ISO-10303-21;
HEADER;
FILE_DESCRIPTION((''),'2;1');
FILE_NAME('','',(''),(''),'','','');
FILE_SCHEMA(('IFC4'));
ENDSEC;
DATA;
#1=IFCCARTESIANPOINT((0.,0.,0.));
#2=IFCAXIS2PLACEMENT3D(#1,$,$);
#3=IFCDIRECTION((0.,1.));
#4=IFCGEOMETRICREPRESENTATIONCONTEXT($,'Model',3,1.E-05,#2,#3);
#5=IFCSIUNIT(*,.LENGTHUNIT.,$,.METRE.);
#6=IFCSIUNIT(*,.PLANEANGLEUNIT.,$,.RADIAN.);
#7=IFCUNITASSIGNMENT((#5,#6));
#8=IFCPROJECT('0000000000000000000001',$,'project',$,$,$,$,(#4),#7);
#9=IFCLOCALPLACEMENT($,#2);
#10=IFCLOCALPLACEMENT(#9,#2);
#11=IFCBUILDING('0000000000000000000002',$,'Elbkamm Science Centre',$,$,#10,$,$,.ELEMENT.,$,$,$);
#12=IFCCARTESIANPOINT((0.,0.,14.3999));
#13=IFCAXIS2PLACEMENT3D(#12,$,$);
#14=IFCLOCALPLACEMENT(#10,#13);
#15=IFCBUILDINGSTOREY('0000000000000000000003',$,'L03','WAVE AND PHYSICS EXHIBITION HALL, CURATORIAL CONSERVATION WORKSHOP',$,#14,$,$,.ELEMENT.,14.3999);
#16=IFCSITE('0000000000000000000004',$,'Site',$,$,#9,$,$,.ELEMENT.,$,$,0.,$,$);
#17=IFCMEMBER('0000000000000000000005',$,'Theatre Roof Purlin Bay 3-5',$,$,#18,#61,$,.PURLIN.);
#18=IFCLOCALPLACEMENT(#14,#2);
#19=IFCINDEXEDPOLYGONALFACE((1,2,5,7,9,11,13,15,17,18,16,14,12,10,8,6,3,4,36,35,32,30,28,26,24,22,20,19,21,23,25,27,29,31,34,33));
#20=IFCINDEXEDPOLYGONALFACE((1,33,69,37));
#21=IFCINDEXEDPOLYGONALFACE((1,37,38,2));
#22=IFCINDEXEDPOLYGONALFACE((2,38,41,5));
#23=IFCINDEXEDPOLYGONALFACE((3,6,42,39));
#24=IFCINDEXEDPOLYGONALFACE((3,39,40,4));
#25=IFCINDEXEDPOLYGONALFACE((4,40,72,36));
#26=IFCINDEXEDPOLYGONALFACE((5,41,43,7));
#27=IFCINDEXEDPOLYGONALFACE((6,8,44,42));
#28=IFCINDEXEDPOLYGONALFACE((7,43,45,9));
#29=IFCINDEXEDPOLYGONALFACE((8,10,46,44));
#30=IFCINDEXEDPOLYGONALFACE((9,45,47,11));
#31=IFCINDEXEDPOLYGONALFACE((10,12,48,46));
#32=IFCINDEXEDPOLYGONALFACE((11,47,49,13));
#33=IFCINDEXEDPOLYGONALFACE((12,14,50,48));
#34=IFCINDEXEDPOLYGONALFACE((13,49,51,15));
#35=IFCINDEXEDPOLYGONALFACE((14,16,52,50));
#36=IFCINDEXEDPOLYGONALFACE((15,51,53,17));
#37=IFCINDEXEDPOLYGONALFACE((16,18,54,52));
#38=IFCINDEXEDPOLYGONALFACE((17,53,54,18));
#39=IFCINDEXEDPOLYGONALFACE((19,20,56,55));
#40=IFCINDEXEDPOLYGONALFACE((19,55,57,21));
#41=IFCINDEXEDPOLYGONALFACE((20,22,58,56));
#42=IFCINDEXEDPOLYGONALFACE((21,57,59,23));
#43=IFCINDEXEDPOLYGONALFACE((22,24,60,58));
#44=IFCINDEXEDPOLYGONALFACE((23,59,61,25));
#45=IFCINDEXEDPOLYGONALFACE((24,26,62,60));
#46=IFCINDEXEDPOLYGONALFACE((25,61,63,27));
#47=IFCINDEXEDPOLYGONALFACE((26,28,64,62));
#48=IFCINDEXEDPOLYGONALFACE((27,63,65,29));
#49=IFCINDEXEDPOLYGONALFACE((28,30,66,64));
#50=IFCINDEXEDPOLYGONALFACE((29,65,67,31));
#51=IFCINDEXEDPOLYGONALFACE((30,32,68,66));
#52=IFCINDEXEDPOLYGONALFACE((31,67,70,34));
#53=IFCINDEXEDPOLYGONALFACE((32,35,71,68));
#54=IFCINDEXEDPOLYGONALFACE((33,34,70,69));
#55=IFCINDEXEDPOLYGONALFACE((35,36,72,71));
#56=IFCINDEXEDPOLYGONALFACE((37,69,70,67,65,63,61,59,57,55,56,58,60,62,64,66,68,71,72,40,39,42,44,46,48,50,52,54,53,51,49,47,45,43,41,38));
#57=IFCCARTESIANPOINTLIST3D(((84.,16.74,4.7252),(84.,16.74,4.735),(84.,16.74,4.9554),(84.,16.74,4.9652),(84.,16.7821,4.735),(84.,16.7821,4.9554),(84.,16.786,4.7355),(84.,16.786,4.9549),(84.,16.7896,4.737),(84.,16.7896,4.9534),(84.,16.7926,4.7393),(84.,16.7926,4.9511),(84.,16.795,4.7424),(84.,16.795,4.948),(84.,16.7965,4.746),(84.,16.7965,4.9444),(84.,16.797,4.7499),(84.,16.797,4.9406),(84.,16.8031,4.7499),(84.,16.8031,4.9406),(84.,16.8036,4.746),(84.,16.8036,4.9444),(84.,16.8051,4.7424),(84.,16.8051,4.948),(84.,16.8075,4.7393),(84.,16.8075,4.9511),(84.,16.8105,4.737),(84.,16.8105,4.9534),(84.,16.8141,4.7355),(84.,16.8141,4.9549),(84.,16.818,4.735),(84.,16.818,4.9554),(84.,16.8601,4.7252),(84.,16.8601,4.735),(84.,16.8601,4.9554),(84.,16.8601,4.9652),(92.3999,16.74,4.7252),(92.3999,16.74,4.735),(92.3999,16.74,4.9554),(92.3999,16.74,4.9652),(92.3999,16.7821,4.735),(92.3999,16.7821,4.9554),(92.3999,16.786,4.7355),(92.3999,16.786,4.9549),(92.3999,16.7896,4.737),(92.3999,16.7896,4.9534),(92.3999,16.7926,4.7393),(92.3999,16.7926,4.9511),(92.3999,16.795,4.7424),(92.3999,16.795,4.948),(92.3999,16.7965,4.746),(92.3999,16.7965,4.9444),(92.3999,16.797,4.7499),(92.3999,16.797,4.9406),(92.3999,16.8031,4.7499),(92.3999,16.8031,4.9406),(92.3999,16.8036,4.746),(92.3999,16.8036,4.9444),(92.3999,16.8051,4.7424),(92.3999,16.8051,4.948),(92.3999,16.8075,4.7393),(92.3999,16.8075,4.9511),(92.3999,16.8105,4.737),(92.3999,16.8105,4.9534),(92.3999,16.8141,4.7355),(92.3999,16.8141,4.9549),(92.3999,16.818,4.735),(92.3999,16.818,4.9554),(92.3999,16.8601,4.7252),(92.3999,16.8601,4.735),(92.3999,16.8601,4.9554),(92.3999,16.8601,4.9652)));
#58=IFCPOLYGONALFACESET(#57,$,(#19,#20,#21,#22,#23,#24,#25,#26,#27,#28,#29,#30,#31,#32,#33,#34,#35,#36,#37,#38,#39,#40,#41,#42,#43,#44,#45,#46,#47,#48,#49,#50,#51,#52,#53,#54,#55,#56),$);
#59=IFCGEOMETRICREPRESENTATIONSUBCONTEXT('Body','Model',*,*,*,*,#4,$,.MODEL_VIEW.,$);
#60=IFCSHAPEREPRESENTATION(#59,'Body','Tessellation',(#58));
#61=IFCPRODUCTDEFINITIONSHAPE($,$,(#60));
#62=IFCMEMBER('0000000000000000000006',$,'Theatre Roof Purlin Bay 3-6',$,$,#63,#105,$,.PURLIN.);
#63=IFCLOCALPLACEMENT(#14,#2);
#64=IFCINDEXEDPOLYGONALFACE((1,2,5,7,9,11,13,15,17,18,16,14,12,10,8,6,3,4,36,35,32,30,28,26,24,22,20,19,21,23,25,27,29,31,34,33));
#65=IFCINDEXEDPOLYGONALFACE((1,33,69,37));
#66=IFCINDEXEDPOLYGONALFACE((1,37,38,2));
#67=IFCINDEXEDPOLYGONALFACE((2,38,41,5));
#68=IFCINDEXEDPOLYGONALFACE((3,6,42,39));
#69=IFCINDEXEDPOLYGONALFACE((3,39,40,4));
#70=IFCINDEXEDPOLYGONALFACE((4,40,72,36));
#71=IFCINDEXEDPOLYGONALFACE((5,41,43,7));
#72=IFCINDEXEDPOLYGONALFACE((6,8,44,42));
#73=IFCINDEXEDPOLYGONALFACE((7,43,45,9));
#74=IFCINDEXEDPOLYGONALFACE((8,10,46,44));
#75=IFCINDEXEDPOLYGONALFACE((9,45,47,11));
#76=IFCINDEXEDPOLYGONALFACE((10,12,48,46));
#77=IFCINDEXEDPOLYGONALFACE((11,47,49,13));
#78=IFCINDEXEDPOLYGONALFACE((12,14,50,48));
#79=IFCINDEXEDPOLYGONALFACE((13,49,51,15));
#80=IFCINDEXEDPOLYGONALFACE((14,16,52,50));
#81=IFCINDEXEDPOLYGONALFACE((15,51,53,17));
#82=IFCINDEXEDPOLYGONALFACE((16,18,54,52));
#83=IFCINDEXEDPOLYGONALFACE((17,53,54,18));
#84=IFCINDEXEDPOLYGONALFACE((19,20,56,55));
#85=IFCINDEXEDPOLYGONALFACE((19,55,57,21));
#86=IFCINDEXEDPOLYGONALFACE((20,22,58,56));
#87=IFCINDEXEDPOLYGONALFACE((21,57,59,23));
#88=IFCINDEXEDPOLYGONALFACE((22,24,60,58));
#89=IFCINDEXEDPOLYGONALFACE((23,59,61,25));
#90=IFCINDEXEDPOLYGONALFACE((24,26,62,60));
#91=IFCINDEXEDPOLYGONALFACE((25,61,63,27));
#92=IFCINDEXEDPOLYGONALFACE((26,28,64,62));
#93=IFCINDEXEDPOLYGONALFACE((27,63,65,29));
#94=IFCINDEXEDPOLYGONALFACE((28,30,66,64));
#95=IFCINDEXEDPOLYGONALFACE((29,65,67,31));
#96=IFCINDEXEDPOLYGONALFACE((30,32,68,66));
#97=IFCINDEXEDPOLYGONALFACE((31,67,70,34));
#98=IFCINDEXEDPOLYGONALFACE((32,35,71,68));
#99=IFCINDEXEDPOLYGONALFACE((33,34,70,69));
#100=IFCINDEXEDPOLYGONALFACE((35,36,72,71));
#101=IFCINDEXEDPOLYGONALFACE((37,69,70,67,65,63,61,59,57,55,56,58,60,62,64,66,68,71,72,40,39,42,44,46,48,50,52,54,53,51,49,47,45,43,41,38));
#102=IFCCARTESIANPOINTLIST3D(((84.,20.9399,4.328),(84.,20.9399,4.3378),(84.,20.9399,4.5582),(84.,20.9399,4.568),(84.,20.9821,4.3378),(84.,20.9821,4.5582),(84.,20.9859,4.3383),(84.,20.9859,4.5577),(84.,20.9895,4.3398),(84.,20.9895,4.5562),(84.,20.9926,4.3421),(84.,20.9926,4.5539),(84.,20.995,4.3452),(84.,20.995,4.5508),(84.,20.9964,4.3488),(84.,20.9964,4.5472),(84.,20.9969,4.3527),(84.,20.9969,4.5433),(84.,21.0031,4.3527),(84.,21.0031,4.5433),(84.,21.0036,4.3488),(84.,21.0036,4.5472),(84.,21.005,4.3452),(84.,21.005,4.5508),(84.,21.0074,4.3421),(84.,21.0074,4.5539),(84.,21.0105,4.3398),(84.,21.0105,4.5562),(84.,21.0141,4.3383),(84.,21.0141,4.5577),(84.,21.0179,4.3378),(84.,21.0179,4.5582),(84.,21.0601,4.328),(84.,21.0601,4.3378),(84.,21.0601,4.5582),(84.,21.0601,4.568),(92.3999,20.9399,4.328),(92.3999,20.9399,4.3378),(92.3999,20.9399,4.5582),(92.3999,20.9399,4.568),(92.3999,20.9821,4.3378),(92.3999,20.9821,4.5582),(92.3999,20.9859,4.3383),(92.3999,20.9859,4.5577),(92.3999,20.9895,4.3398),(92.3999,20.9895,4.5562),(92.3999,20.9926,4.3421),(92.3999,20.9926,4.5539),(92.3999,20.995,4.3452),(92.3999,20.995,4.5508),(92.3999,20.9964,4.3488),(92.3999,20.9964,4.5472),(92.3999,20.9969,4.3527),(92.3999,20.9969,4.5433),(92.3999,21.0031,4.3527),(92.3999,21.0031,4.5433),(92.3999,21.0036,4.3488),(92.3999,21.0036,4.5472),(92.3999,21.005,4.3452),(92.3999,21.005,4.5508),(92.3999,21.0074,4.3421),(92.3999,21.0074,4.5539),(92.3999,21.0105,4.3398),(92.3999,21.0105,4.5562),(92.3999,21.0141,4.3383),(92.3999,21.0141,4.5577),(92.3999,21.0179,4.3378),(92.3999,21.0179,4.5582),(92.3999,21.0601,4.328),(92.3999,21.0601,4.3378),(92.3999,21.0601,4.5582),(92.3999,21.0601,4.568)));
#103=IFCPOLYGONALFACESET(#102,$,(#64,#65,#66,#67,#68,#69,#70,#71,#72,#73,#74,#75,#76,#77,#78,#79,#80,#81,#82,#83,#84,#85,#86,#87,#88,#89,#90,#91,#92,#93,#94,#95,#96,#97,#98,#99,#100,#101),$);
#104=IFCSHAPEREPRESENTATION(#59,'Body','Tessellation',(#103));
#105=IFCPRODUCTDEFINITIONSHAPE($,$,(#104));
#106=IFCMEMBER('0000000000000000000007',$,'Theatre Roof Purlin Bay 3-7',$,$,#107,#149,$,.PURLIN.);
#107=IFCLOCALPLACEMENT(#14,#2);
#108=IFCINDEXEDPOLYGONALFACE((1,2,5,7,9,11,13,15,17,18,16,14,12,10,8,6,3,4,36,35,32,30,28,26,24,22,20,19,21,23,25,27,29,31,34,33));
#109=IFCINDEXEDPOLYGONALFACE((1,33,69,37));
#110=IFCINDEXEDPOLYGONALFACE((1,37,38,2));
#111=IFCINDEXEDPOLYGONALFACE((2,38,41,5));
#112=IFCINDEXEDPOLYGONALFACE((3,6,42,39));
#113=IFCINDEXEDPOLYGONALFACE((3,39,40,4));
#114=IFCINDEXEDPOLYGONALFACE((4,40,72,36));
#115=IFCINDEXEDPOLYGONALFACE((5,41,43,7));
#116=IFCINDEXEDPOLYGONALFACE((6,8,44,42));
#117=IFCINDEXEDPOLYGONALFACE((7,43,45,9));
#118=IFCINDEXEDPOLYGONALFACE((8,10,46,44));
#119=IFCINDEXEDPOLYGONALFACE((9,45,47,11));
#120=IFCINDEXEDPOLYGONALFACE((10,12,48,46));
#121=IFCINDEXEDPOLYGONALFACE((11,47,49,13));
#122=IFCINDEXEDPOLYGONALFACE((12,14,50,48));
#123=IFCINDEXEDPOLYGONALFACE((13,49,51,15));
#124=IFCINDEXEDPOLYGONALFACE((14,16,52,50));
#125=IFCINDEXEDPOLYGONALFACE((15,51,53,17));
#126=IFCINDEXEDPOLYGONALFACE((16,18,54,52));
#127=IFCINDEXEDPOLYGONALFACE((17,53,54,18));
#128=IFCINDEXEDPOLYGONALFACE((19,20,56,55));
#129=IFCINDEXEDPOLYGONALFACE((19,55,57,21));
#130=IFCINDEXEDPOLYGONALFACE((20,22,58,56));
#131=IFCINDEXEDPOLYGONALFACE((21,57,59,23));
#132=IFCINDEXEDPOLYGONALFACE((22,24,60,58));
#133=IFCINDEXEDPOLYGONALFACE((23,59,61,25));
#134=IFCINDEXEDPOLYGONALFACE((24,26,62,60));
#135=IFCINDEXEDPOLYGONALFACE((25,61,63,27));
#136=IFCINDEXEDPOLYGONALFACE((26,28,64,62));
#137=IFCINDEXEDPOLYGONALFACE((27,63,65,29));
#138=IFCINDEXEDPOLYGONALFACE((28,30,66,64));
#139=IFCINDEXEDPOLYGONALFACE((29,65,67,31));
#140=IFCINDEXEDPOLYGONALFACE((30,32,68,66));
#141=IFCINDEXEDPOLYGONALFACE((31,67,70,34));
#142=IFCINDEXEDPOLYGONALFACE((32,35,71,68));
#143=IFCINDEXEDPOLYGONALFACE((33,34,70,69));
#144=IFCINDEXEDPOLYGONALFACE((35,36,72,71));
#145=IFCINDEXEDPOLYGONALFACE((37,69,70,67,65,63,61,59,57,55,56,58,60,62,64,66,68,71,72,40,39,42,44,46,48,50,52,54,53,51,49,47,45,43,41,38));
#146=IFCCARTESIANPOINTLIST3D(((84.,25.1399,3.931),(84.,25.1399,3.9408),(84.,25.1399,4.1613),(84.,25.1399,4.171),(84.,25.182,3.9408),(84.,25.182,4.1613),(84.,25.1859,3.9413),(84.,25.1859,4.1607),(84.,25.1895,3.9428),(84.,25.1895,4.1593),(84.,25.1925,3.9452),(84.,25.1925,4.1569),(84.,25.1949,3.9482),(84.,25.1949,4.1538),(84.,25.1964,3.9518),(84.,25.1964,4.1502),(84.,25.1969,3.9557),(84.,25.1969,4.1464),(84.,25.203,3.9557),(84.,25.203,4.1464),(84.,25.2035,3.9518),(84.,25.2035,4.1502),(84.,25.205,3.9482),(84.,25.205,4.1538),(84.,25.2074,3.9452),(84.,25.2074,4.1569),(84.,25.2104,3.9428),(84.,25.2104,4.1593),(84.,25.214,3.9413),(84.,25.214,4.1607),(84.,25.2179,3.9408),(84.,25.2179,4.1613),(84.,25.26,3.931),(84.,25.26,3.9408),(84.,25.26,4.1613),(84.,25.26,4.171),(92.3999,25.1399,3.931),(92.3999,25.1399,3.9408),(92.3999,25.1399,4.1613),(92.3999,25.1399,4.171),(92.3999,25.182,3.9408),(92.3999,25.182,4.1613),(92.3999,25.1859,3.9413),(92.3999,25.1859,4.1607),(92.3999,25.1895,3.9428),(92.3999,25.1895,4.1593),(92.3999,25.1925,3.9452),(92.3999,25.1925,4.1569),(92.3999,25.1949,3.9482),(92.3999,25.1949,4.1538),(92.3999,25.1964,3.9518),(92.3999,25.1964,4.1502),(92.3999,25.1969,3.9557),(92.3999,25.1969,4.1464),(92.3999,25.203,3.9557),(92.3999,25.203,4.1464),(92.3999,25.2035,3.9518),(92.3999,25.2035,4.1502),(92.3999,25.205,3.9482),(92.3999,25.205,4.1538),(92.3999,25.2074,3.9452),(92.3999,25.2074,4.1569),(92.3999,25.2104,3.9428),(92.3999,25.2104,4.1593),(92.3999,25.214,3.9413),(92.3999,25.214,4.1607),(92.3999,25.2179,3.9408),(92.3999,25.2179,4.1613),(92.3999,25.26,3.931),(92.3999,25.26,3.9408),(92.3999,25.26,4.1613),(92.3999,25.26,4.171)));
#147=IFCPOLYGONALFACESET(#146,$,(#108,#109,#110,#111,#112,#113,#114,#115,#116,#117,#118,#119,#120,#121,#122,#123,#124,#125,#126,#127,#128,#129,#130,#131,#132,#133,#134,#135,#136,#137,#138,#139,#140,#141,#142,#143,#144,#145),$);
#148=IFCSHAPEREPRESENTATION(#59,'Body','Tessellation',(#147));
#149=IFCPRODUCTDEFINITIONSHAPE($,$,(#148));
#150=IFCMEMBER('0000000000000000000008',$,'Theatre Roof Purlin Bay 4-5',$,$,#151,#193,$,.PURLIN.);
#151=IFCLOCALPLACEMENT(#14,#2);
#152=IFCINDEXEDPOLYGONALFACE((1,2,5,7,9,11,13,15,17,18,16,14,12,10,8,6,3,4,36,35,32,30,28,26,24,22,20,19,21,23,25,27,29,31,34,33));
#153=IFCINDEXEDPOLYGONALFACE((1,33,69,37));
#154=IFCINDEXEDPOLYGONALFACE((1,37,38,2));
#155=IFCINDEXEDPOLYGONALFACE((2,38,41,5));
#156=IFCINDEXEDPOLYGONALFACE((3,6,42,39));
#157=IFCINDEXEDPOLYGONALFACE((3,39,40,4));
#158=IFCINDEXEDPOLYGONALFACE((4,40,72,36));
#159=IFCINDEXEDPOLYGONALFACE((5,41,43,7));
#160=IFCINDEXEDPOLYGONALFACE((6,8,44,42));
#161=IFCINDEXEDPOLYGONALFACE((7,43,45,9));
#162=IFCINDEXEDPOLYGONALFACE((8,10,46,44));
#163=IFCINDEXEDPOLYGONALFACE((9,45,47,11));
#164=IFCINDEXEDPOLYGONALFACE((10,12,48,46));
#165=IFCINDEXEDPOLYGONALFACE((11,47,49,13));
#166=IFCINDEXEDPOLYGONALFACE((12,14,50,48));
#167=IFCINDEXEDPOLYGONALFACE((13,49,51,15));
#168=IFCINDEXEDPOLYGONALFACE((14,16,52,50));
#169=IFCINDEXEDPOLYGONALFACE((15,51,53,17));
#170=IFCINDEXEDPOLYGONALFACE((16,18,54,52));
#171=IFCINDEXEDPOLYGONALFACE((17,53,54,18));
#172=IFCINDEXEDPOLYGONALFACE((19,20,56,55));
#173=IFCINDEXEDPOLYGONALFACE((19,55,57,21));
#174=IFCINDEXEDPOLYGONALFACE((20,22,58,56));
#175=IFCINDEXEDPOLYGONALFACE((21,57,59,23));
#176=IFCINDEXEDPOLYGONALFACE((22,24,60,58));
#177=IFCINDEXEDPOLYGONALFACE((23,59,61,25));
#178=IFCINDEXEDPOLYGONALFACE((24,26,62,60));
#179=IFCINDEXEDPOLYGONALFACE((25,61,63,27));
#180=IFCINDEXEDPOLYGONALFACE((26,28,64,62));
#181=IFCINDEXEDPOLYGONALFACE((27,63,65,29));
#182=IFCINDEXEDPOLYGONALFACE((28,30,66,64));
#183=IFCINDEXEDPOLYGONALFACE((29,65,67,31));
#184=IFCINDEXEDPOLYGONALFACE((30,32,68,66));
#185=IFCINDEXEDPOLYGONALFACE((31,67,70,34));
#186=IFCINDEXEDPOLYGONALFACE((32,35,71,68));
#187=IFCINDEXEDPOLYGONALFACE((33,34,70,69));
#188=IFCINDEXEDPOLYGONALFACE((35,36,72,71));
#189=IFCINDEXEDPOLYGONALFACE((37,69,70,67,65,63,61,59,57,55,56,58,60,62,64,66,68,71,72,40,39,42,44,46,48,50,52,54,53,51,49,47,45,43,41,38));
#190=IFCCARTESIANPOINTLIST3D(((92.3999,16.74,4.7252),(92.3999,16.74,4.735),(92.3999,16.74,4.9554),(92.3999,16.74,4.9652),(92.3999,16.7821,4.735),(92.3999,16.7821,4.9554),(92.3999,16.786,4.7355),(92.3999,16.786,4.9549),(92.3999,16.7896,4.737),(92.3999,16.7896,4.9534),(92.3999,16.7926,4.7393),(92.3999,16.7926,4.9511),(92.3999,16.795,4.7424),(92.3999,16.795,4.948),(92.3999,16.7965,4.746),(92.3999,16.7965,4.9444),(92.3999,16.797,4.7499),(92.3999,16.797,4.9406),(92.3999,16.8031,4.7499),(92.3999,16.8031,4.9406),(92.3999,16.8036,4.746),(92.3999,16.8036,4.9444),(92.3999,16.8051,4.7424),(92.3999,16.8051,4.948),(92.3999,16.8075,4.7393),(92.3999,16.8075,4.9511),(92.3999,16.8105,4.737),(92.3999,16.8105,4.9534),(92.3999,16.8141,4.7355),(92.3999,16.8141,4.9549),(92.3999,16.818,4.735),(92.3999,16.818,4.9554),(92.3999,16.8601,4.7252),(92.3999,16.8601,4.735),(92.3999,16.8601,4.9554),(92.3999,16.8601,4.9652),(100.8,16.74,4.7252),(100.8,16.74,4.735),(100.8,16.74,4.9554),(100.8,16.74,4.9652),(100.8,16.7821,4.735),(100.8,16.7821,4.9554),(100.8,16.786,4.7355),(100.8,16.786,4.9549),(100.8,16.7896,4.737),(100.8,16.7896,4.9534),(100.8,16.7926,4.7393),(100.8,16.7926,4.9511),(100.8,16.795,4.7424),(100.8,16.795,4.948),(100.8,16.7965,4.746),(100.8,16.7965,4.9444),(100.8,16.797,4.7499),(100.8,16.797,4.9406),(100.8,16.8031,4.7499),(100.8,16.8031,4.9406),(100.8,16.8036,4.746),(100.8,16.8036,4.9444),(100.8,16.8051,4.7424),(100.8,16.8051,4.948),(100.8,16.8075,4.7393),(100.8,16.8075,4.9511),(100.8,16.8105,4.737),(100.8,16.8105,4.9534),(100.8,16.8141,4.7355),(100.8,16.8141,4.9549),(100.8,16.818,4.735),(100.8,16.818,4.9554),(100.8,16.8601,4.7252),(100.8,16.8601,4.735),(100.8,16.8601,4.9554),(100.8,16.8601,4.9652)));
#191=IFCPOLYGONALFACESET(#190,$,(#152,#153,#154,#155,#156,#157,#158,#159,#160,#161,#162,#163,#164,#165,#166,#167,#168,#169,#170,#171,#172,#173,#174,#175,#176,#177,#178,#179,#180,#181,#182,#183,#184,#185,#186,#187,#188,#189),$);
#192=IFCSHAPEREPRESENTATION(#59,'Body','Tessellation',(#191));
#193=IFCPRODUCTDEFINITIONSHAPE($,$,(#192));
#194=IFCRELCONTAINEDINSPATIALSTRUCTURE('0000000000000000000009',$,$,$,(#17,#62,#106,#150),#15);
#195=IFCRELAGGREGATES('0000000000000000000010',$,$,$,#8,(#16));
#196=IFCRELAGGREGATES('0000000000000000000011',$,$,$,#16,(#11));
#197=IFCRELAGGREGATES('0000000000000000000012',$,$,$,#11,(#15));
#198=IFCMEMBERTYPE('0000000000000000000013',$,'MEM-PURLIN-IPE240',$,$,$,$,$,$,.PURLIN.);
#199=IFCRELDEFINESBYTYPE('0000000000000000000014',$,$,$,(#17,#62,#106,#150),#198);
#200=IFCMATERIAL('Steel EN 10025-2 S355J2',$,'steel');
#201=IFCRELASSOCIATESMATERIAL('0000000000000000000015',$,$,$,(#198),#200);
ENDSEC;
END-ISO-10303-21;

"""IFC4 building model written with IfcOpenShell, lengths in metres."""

from ifc_helpers import new_model, si_unit, direction, frame, origin, origin_2d, place, context, subcontext, project, spatial, i_section, extrude, material, material_profile, profile_set, type_object, element, save


model = new_model("IFC4")

# Units and contexts
model_context = context("Model", 3, precision=1e-05, world=origin(), true_north=direction((0.0, 1.0)))
body_context = subcontext(model_context, "Body", "Model", "MODEL_VIEW")
ifc_project = project(units=[si_unit("LENGTHUNIT", "METRE"), si_unit("PLANEANGLEUNIT", "RADIAN")], contexts=[model_context])

# Site, building, storey
site_placement = place(None, origin())
site = spatial("IfcSite", under=ifc_project, at=site_placement, Name="Site", CompositionType="ELEMENT", RefElevation=0.0)
building_placement = place(site_placement, origin())
building = spatial("IfcBuilding", under=site, at=building_placement, Name="Elbkamm Science Centre", CompositionType="ELEMENT")
storey_placement = place(building_placement, frame((0.0, 0.0, 14.3999)))
storey = spatial("IfcBuildingStorey", under=building, at=storey_placement, Name="L03", Description="WAVE AND PHYSICS EXHIBITION HALL, CURATORIAL CONSERVATION WORKSHOP", CompositionType="ELEMENT", Elevation=14.3999)

# Shared definitions
ifc_material_1 = material(Name="Steel EN 10025-2 S355J2", Category="steel")

# Members
ifc_material_profile_1 = material_profile(ifc_material_1, i_section(OverallWidth=0.1201, OverallDepth=0.24, WebThickness=0.0061, FlangeThickness=0.0098, FilletRadius=0.0149, at=origin_2d()), Name="IPE 240")
ifc_profile_set_1 = profile_set([ifc_material_profile_1], Name="Steel EN 10025-2 S355J2")
member_type_1 = type_object("IfcMemberType", Name="MEM-PURLIN-IPE240", PredefinedType="PURLIN", material=ifc_profile_set_1)
for number, where, z_axis, x_axis, name in (
    (1, (84.0, 16.8, 4.8452), (1.0, 0.0, 0.0), (0.0, 1.0, 0.0), "Theatre Roof Purlin Bay 3-5"),
    (2, (84.0, 21.0, 4.448), (1.0, 0.0, 0.0), (0.0, 1.0, 0.0), "Theatre Roof Purlin Bay 3-6"),
    (3, (84.0, 25.2, 4.051), (1.0, 0.0, 0.0), (0.0, 1.0, 0.0), "Theatre Roof Purlin Bay 3-7"),
):
    element("IfcMember", number, at=place(storey_placement, frame(where, z_axis=z_axis, x_axis=x_axis)), inside=storey, type_object=member_type_1, Name=name, PredefinedType="PURLIN", context=body_context, shape_type="SweptSolid", body=[
        extrude(i_section(OverallWidth=0.1201, OverallDepth=0.24, WebThickness=0.0061, FlangeThickness=0.0098, FilletRadius=0.0149, at=origin_2d()), origin(), (0.0, 0.0, 1.0), 8.3999),
    ])
member_1_placement = place(storey_placement, frame((92.3999, 16.8, 4.8452), z_axis=(1.0, 0.0, 0.0), x_axis=(0.0, 1.0, 0.0)))
element("IfcMember", 4, at=member_1_placement, inside=storey, type_object=member_type_1, Name="Theatre Roof Purlin Bay 4-5", PredefinedType="PURLIN", context=body_context, shape_type="SweptSolid", body=[
    extrude(i_section(OverallWidth=0.1201, OverallDepth=0.24, WebThickness=0.0061, FlangeThickness=0.0098, FilletRadius=0.0149, at=origin_2d()), origin(), (0.0, 0.0, 1.0), 8.4001),
])

save(model, "model.ifc")
